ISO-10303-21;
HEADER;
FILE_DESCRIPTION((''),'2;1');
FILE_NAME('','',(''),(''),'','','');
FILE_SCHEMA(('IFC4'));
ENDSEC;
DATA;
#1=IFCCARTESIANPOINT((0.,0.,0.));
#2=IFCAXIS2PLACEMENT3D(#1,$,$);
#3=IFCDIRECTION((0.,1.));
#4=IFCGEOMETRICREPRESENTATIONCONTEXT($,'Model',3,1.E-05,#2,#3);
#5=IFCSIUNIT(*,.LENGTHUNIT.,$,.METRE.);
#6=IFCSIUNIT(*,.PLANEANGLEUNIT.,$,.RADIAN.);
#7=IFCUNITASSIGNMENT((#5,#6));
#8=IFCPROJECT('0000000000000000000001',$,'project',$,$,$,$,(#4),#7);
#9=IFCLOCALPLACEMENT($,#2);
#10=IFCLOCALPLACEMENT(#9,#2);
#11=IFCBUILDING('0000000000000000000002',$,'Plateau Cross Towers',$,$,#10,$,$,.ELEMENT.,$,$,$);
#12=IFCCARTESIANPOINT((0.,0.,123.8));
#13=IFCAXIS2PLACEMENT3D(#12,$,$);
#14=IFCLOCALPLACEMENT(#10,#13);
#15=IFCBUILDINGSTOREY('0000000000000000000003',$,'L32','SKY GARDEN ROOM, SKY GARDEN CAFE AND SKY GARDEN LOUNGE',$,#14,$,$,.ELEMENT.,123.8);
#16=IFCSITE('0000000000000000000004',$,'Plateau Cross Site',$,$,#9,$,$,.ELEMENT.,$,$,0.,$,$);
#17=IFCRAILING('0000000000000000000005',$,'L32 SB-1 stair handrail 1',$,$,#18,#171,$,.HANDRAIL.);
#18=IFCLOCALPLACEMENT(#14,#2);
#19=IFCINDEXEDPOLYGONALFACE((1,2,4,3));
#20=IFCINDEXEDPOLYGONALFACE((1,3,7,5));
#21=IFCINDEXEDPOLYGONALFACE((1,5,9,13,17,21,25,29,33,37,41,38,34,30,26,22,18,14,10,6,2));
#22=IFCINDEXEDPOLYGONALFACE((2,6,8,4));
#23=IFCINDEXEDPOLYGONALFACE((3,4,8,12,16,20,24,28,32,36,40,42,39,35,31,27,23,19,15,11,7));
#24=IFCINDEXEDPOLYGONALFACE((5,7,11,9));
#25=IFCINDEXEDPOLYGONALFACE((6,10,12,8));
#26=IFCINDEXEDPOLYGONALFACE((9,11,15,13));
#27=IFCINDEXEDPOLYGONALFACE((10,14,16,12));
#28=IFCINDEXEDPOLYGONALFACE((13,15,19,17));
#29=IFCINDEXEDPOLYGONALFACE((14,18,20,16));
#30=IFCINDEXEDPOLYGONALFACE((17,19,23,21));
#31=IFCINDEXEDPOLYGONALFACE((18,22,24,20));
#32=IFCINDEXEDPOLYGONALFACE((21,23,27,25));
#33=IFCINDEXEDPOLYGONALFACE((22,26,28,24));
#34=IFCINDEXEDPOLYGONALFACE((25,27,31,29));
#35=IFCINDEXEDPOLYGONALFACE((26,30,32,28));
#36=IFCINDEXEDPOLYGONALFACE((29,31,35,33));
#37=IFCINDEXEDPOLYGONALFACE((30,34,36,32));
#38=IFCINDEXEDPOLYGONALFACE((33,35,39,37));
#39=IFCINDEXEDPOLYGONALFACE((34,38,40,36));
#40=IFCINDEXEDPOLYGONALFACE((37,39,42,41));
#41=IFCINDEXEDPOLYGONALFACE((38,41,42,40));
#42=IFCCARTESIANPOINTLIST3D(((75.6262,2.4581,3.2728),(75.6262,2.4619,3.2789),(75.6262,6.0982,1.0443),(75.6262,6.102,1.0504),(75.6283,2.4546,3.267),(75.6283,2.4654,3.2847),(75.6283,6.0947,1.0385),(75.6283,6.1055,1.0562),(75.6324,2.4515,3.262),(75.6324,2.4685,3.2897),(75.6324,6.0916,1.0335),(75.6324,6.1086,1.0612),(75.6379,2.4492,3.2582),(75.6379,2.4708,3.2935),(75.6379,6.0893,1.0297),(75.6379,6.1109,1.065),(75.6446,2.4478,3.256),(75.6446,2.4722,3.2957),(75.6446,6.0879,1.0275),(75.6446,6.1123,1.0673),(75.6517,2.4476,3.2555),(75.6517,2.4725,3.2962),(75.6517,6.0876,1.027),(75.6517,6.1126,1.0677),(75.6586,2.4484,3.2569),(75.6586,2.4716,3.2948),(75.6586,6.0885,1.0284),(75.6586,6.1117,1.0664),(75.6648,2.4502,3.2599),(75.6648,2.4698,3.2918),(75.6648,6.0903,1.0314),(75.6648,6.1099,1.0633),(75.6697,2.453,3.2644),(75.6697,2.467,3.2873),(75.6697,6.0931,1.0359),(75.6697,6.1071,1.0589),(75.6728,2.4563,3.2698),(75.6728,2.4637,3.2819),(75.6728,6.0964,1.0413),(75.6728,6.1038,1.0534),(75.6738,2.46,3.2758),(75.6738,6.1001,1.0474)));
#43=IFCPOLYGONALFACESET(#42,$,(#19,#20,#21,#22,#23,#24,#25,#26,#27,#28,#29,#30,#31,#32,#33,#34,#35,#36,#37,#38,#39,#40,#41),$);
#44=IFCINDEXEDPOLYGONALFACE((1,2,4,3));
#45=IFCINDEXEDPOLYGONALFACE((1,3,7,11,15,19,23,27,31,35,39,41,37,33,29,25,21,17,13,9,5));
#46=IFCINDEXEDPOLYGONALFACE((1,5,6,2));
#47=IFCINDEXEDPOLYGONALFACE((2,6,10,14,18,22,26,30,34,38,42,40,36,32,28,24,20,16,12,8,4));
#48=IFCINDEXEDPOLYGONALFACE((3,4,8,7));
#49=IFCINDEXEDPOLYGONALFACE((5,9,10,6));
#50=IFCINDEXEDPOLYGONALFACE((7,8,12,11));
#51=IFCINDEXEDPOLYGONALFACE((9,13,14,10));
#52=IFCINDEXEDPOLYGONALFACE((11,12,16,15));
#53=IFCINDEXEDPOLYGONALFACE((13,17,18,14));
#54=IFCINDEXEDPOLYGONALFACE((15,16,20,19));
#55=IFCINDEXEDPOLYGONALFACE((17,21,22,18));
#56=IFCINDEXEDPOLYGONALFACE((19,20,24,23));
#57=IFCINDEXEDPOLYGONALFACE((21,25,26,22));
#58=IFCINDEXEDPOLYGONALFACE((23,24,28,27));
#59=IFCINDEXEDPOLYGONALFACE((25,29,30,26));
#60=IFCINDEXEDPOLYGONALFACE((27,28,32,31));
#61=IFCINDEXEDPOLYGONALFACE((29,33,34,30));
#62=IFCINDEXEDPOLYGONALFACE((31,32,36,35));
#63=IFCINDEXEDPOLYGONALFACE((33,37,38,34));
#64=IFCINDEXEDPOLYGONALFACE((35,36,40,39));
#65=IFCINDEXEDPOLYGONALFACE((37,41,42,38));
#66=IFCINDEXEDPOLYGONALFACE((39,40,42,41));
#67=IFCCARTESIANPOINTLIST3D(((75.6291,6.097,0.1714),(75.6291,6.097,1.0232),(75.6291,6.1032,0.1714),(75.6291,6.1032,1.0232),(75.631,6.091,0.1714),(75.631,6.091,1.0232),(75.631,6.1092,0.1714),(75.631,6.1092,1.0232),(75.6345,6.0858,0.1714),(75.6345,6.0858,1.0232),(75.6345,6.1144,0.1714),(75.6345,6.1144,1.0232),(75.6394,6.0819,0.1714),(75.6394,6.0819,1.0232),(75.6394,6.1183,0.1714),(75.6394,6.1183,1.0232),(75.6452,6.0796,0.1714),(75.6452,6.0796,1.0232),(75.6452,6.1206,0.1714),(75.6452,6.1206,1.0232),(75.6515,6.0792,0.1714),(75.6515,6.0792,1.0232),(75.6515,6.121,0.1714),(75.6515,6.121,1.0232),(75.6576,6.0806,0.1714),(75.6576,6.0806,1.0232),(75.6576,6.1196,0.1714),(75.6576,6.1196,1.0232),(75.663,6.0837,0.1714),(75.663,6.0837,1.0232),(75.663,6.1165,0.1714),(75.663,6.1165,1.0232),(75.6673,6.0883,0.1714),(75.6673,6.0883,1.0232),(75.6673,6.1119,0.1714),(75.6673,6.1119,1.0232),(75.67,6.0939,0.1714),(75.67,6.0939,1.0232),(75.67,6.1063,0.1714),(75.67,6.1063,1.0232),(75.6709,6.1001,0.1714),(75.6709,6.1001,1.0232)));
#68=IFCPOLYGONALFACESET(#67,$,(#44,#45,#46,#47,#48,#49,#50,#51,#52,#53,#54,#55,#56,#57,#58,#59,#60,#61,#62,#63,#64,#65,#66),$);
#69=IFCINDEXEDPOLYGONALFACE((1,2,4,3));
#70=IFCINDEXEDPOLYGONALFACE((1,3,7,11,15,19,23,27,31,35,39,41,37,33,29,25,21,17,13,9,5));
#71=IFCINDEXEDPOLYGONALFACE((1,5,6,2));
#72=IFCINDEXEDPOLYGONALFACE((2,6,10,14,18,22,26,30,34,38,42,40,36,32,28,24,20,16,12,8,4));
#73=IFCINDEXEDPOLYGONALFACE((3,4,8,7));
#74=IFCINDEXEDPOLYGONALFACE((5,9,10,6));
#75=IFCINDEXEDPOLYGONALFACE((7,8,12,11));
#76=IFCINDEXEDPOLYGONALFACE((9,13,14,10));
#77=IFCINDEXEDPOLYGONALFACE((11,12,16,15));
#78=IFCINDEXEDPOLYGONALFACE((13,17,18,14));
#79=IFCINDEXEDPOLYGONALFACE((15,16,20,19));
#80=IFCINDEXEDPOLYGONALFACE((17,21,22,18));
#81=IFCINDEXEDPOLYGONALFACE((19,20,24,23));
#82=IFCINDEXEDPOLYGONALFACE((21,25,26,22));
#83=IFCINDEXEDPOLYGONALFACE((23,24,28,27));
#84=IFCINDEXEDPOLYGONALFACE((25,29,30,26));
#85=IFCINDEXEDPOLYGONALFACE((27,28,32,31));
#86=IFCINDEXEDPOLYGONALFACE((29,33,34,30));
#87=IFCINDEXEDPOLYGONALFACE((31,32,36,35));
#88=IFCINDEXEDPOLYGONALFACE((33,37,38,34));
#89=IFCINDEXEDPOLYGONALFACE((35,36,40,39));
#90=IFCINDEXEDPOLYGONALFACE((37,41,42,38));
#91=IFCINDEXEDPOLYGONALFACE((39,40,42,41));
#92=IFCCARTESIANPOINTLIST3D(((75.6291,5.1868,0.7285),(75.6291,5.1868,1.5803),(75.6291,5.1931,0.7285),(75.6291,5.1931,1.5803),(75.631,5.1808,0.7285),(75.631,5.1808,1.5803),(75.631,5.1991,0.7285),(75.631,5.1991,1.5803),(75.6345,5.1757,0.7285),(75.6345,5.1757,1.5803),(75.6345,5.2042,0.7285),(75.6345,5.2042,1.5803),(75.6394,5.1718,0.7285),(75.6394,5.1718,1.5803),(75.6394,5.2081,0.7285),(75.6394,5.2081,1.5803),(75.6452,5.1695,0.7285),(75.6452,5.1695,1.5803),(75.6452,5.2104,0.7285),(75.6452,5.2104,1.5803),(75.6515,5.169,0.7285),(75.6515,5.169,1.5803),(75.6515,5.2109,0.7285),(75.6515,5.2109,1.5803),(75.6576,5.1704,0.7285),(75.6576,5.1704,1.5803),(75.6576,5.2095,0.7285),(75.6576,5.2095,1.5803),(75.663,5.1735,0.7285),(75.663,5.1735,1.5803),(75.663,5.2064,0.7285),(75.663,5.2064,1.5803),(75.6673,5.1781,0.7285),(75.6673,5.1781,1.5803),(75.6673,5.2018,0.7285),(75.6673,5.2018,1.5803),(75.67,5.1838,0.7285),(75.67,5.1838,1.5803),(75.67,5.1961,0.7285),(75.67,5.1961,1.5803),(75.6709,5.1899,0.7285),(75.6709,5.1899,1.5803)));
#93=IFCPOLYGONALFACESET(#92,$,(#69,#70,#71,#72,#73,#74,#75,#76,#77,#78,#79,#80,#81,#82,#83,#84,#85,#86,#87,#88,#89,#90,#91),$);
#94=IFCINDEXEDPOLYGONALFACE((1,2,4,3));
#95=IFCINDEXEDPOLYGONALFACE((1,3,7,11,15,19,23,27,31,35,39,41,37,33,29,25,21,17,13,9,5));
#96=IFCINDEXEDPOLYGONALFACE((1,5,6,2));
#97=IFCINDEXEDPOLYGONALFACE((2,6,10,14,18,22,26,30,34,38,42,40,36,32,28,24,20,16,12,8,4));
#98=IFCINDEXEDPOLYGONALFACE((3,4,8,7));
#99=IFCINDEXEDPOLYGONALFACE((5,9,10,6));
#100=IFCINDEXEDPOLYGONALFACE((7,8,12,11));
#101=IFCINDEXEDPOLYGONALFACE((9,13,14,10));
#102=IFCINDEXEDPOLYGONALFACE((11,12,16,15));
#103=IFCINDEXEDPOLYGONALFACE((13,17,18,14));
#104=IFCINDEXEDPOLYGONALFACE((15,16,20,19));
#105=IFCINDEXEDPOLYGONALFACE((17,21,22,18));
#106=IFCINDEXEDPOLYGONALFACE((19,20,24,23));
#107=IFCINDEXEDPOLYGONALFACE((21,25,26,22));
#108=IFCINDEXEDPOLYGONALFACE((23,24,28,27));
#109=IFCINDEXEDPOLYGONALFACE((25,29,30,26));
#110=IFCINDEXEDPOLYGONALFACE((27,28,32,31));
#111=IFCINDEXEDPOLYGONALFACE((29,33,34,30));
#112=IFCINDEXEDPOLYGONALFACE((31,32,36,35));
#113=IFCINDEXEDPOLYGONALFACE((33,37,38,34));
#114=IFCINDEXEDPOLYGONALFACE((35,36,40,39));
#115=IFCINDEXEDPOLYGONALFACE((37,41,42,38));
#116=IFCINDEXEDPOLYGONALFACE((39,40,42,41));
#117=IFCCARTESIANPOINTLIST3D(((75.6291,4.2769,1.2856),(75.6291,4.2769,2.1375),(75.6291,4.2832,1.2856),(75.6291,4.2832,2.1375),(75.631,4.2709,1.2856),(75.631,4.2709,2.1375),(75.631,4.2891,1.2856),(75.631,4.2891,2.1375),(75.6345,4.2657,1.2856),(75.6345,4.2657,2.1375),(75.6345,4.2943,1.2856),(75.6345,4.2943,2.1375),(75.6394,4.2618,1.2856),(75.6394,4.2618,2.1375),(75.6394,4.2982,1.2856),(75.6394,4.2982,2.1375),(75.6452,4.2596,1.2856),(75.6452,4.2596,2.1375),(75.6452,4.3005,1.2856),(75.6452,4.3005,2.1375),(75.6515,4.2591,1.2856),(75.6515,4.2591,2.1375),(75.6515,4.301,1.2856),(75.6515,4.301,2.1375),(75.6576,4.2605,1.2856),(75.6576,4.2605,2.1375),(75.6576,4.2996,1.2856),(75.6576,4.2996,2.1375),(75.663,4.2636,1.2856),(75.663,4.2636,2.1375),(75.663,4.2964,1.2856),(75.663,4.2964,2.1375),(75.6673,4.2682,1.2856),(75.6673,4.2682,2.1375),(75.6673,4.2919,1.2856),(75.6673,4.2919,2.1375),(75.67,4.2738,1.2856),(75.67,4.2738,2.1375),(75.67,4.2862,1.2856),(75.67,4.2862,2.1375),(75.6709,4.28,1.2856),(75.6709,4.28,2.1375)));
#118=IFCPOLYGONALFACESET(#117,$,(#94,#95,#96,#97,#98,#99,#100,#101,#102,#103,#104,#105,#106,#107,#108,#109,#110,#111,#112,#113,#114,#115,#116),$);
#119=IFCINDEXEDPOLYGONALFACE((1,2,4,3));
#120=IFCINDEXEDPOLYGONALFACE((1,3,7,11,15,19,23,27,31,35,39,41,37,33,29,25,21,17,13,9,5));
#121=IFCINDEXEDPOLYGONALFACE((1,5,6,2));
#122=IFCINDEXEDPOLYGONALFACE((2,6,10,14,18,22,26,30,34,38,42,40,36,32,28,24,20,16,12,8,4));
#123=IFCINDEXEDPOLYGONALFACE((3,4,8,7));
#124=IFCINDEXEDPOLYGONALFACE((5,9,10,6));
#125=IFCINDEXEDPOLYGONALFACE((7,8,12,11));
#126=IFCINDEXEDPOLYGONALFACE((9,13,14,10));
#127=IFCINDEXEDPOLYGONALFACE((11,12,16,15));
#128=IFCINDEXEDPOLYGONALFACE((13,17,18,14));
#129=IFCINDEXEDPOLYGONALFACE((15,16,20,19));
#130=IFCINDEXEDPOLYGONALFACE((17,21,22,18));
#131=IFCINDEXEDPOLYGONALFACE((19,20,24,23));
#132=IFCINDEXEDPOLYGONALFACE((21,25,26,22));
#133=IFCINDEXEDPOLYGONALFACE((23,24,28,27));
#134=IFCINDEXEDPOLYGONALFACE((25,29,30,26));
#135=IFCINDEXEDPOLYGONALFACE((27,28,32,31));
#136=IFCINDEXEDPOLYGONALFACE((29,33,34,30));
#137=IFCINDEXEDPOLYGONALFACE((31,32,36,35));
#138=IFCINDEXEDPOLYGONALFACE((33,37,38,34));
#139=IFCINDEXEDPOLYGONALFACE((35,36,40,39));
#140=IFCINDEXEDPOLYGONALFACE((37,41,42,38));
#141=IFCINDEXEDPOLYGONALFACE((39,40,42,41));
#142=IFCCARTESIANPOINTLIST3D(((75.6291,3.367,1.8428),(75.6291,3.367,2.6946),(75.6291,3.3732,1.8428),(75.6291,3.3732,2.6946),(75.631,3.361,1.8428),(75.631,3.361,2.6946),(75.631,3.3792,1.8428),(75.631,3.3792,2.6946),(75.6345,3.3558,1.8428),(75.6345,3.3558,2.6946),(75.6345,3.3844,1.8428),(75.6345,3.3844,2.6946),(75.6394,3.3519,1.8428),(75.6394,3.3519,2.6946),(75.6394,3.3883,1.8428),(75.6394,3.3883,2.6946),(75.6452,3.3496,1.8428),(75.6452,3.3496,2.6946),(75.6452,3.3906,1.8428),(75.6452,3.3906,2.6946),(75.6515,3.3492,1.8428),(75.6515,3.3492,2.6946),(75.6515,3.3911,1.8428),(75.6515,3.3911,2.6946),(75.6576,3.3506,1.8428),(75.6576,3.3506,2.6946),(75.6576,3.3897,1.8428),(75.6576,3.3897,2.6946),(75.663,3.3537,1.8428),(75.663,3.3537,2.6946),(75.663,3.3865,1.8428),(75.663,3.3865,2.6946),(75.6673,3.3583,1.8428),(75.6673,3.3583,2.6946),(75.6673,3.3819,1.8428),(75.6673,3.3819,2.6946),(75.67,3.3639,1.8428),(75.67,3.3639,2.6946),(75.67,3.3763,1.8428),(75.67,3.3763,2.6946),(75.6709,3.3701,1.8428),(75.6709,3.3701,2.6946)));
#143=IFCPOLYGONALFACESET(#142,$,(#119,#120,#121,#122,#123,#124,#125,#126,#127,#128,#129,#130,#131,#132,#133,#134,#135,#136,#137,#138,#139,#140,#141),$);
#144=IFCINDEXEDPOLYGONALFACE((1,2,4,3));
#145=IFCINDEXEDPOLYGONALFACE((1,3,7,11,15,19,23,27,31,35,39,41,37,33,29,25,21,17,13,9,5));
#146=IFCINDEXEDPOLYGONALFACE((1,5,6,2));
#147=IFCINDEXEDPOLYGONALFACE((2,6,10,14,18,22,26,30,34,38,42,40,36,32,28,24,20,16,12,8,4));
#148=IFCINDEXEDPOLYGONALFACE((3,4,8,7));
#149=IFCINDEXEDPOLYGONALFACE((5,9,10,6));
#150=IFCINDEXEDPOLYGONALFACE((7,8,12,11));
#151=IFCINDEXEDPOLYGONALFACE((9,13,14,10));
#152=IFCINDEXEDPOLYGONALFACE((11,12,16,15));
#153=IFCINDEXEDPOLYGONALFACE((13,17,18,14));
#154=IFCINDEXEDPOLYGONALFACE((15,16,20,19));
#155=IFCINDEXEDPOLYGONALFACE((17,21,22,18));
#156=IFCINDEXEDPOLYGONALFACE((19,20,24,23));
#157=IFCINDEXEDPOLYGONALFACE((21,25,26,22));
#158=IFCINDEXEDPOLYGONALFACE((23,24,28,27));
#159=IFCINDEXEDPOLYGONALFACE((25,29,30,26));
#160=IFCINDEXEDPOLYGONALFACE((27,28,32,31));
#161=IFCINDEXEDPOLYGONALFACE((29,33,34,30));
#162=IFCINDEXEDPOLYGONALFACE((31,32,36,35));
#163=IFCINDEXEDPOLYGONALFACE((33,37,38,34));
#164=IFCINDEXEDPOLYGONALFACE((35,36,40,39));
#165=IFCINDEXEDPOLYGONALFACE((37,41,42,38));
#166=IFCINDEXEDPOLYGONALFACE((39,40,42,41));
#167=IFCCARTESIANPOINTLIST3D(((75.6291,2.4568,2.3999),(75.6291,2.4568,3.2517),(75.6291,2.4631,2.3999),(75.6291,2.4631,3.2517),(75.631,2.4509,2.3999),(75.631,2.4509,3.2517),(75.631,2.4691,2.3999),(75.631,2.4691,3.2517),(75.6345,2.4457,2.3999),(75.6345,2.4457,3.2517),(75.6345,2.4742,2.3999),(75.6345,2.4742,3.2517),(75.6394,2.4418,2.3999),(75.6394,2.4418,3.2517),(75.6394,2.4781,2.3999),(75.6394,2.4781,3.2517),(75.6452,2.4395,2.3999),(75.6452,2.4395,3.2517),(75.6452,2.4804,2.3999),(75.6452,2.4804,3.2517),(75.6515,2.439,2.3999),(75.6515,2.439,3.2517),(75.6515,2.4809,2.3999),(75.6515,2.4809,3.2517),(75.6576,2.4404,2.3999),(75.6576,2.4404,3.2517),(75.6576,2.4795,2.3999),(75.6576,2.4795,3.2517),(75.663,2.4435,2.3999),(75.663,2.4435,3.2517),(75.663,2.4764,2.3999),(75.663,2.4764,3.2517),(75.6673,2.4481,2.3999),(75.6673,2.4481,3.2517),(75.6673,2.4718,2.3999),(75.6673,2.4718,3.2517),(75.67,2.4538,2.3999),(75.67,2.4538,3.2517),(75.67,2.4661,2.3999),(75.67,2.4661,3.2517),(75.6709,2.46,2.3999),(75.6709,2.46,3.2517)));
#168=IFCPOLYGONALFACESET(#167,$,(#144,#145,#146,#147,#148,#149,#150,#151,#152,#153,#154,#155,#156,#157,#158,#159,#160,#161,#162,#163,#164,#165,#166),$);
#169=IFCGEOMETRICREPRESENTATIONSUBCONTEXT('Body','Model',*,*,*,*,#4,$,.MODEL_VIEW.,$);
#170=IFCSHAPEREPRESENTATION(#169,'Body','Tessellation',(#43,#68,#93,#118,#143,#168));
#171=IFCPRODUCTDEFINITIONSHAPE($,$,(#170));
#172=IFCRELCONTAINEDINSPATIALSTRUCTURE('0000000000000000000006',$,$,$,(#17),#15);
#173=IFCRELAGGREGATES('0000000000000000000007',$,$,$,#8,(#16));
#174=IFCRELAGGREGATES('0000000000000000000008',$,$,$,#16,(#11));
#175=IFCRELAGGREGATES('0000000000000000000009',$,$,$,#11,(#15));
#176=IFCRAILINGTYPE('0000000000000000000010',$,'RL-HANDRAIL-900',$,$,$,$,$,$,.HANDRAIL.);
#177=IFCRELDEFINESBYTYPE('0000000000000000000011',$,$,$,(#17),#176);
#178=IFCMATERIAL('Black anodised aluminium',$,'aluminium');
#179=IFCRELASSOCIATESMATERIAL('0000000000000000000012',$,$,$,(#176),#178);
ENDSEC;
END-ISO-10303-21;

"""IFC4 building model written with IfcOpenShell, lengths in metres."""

from ifc_helpers import new_model, si_unit, direction, frame, origin, origin_2d, place, context, subcontext, project, spatial, circle, extrude, material, type_object, element, save


model = new_model("IFC4")

# Units and contexts
model_context = context("Model", 3, precision=1e-05, world=origin(), true_north=direction((0.0, 1.0)))
body_context = subcontext(model_context, "Body", "Model", "MODEL_VIEW")
ifc_project = project(units=[si_unit("LENGTHUNIT", "METRE"), si_unit("PLANEANGLEUNIT", "RADIAN")], contexts=[model_context])

# Site, building, storey
site_placement = place(None, origin())
site = spatial("IfcSite", under=ifc_project, at=site_placement, Name="Plateau Cross Site", CompositionType="ELEMENT", RefElevation=0.0)
building_placement = place(site_placement, origin())
building = spatial("IfcBuilding", under=site, at=building_placement, Name="Plateau Cross Towers", CompositionType="ELEMENT")
storey_placement = place(building_placement, frame((0.0, 0.0, 123.8)))
storey = spatial("IfcBuildingStorey", under=building, at=storey_placement, Name="L32", Description="SKY GARDEN ROOM, SKY GARDEN CAFE AND SKY GARDEN LOUNGE", CompositionType="ELEMENT", Elevation=123.8)

# Shared definitions
ifc_material_1 = material(Name="Black anodised aluminium", Category="aluminium")

# Railing
railing_type_1 = type_object("IfcRailingType", Name="RL-HANDRAIL-900", PredefinedType="HANDRAIL", material=ifc_material_1)
railing_1_placement = place(storey_placement, frame((75.6499, 6.1001, 0.1714)))
element("IfcRailing", 1, at=railing_1_placement, inside=storey, type_object=railing_type_1, Name="L32 SB-1 stair handrail 1", PredefinedType="HANDRAIL", context=body_context, shape_type="SweptSolid", body=[
    extrude(circle(Radius=0.0239, at=origin_2d()), frame((0.0, 0.0, 0.876), z_axis=(0.0, -0.852866, 0.52213), x_axis=(1.0, 0.0, 0.0)), (0.0, 0.0, 1.0), 4.2681),
    extrude(circle(Radius=0.021, at=origin_2d()), origin(), (0.0, 0.0, 1.0), 0.8518),
    extrude(circle(Radius=0.021, at=origin_2d()), frame((0.0, -0.9102, 0.5571)), (0.0, 0.0, 1.0), 0.8518),
    extrude(circle(Radius=0.021, at=origin_2d()), frame((0.0, -1.8201, 1.1143)), (0.0, 0.0, 1.0), 0.8518),
    extrude(circle(Radius=0.021, at=origin_2d()), frame((0.0, -2.73, 1.6714)), (0.0, 0.0, 1.0), 0.8518),
    extrude(circle(Radius=0.021, at=origin_2d()), frame((0.0, -3.6401, 2.2285)), (0.0, 0.0, 1.0), 0.8518),
])

save(model, "model.ifc")
